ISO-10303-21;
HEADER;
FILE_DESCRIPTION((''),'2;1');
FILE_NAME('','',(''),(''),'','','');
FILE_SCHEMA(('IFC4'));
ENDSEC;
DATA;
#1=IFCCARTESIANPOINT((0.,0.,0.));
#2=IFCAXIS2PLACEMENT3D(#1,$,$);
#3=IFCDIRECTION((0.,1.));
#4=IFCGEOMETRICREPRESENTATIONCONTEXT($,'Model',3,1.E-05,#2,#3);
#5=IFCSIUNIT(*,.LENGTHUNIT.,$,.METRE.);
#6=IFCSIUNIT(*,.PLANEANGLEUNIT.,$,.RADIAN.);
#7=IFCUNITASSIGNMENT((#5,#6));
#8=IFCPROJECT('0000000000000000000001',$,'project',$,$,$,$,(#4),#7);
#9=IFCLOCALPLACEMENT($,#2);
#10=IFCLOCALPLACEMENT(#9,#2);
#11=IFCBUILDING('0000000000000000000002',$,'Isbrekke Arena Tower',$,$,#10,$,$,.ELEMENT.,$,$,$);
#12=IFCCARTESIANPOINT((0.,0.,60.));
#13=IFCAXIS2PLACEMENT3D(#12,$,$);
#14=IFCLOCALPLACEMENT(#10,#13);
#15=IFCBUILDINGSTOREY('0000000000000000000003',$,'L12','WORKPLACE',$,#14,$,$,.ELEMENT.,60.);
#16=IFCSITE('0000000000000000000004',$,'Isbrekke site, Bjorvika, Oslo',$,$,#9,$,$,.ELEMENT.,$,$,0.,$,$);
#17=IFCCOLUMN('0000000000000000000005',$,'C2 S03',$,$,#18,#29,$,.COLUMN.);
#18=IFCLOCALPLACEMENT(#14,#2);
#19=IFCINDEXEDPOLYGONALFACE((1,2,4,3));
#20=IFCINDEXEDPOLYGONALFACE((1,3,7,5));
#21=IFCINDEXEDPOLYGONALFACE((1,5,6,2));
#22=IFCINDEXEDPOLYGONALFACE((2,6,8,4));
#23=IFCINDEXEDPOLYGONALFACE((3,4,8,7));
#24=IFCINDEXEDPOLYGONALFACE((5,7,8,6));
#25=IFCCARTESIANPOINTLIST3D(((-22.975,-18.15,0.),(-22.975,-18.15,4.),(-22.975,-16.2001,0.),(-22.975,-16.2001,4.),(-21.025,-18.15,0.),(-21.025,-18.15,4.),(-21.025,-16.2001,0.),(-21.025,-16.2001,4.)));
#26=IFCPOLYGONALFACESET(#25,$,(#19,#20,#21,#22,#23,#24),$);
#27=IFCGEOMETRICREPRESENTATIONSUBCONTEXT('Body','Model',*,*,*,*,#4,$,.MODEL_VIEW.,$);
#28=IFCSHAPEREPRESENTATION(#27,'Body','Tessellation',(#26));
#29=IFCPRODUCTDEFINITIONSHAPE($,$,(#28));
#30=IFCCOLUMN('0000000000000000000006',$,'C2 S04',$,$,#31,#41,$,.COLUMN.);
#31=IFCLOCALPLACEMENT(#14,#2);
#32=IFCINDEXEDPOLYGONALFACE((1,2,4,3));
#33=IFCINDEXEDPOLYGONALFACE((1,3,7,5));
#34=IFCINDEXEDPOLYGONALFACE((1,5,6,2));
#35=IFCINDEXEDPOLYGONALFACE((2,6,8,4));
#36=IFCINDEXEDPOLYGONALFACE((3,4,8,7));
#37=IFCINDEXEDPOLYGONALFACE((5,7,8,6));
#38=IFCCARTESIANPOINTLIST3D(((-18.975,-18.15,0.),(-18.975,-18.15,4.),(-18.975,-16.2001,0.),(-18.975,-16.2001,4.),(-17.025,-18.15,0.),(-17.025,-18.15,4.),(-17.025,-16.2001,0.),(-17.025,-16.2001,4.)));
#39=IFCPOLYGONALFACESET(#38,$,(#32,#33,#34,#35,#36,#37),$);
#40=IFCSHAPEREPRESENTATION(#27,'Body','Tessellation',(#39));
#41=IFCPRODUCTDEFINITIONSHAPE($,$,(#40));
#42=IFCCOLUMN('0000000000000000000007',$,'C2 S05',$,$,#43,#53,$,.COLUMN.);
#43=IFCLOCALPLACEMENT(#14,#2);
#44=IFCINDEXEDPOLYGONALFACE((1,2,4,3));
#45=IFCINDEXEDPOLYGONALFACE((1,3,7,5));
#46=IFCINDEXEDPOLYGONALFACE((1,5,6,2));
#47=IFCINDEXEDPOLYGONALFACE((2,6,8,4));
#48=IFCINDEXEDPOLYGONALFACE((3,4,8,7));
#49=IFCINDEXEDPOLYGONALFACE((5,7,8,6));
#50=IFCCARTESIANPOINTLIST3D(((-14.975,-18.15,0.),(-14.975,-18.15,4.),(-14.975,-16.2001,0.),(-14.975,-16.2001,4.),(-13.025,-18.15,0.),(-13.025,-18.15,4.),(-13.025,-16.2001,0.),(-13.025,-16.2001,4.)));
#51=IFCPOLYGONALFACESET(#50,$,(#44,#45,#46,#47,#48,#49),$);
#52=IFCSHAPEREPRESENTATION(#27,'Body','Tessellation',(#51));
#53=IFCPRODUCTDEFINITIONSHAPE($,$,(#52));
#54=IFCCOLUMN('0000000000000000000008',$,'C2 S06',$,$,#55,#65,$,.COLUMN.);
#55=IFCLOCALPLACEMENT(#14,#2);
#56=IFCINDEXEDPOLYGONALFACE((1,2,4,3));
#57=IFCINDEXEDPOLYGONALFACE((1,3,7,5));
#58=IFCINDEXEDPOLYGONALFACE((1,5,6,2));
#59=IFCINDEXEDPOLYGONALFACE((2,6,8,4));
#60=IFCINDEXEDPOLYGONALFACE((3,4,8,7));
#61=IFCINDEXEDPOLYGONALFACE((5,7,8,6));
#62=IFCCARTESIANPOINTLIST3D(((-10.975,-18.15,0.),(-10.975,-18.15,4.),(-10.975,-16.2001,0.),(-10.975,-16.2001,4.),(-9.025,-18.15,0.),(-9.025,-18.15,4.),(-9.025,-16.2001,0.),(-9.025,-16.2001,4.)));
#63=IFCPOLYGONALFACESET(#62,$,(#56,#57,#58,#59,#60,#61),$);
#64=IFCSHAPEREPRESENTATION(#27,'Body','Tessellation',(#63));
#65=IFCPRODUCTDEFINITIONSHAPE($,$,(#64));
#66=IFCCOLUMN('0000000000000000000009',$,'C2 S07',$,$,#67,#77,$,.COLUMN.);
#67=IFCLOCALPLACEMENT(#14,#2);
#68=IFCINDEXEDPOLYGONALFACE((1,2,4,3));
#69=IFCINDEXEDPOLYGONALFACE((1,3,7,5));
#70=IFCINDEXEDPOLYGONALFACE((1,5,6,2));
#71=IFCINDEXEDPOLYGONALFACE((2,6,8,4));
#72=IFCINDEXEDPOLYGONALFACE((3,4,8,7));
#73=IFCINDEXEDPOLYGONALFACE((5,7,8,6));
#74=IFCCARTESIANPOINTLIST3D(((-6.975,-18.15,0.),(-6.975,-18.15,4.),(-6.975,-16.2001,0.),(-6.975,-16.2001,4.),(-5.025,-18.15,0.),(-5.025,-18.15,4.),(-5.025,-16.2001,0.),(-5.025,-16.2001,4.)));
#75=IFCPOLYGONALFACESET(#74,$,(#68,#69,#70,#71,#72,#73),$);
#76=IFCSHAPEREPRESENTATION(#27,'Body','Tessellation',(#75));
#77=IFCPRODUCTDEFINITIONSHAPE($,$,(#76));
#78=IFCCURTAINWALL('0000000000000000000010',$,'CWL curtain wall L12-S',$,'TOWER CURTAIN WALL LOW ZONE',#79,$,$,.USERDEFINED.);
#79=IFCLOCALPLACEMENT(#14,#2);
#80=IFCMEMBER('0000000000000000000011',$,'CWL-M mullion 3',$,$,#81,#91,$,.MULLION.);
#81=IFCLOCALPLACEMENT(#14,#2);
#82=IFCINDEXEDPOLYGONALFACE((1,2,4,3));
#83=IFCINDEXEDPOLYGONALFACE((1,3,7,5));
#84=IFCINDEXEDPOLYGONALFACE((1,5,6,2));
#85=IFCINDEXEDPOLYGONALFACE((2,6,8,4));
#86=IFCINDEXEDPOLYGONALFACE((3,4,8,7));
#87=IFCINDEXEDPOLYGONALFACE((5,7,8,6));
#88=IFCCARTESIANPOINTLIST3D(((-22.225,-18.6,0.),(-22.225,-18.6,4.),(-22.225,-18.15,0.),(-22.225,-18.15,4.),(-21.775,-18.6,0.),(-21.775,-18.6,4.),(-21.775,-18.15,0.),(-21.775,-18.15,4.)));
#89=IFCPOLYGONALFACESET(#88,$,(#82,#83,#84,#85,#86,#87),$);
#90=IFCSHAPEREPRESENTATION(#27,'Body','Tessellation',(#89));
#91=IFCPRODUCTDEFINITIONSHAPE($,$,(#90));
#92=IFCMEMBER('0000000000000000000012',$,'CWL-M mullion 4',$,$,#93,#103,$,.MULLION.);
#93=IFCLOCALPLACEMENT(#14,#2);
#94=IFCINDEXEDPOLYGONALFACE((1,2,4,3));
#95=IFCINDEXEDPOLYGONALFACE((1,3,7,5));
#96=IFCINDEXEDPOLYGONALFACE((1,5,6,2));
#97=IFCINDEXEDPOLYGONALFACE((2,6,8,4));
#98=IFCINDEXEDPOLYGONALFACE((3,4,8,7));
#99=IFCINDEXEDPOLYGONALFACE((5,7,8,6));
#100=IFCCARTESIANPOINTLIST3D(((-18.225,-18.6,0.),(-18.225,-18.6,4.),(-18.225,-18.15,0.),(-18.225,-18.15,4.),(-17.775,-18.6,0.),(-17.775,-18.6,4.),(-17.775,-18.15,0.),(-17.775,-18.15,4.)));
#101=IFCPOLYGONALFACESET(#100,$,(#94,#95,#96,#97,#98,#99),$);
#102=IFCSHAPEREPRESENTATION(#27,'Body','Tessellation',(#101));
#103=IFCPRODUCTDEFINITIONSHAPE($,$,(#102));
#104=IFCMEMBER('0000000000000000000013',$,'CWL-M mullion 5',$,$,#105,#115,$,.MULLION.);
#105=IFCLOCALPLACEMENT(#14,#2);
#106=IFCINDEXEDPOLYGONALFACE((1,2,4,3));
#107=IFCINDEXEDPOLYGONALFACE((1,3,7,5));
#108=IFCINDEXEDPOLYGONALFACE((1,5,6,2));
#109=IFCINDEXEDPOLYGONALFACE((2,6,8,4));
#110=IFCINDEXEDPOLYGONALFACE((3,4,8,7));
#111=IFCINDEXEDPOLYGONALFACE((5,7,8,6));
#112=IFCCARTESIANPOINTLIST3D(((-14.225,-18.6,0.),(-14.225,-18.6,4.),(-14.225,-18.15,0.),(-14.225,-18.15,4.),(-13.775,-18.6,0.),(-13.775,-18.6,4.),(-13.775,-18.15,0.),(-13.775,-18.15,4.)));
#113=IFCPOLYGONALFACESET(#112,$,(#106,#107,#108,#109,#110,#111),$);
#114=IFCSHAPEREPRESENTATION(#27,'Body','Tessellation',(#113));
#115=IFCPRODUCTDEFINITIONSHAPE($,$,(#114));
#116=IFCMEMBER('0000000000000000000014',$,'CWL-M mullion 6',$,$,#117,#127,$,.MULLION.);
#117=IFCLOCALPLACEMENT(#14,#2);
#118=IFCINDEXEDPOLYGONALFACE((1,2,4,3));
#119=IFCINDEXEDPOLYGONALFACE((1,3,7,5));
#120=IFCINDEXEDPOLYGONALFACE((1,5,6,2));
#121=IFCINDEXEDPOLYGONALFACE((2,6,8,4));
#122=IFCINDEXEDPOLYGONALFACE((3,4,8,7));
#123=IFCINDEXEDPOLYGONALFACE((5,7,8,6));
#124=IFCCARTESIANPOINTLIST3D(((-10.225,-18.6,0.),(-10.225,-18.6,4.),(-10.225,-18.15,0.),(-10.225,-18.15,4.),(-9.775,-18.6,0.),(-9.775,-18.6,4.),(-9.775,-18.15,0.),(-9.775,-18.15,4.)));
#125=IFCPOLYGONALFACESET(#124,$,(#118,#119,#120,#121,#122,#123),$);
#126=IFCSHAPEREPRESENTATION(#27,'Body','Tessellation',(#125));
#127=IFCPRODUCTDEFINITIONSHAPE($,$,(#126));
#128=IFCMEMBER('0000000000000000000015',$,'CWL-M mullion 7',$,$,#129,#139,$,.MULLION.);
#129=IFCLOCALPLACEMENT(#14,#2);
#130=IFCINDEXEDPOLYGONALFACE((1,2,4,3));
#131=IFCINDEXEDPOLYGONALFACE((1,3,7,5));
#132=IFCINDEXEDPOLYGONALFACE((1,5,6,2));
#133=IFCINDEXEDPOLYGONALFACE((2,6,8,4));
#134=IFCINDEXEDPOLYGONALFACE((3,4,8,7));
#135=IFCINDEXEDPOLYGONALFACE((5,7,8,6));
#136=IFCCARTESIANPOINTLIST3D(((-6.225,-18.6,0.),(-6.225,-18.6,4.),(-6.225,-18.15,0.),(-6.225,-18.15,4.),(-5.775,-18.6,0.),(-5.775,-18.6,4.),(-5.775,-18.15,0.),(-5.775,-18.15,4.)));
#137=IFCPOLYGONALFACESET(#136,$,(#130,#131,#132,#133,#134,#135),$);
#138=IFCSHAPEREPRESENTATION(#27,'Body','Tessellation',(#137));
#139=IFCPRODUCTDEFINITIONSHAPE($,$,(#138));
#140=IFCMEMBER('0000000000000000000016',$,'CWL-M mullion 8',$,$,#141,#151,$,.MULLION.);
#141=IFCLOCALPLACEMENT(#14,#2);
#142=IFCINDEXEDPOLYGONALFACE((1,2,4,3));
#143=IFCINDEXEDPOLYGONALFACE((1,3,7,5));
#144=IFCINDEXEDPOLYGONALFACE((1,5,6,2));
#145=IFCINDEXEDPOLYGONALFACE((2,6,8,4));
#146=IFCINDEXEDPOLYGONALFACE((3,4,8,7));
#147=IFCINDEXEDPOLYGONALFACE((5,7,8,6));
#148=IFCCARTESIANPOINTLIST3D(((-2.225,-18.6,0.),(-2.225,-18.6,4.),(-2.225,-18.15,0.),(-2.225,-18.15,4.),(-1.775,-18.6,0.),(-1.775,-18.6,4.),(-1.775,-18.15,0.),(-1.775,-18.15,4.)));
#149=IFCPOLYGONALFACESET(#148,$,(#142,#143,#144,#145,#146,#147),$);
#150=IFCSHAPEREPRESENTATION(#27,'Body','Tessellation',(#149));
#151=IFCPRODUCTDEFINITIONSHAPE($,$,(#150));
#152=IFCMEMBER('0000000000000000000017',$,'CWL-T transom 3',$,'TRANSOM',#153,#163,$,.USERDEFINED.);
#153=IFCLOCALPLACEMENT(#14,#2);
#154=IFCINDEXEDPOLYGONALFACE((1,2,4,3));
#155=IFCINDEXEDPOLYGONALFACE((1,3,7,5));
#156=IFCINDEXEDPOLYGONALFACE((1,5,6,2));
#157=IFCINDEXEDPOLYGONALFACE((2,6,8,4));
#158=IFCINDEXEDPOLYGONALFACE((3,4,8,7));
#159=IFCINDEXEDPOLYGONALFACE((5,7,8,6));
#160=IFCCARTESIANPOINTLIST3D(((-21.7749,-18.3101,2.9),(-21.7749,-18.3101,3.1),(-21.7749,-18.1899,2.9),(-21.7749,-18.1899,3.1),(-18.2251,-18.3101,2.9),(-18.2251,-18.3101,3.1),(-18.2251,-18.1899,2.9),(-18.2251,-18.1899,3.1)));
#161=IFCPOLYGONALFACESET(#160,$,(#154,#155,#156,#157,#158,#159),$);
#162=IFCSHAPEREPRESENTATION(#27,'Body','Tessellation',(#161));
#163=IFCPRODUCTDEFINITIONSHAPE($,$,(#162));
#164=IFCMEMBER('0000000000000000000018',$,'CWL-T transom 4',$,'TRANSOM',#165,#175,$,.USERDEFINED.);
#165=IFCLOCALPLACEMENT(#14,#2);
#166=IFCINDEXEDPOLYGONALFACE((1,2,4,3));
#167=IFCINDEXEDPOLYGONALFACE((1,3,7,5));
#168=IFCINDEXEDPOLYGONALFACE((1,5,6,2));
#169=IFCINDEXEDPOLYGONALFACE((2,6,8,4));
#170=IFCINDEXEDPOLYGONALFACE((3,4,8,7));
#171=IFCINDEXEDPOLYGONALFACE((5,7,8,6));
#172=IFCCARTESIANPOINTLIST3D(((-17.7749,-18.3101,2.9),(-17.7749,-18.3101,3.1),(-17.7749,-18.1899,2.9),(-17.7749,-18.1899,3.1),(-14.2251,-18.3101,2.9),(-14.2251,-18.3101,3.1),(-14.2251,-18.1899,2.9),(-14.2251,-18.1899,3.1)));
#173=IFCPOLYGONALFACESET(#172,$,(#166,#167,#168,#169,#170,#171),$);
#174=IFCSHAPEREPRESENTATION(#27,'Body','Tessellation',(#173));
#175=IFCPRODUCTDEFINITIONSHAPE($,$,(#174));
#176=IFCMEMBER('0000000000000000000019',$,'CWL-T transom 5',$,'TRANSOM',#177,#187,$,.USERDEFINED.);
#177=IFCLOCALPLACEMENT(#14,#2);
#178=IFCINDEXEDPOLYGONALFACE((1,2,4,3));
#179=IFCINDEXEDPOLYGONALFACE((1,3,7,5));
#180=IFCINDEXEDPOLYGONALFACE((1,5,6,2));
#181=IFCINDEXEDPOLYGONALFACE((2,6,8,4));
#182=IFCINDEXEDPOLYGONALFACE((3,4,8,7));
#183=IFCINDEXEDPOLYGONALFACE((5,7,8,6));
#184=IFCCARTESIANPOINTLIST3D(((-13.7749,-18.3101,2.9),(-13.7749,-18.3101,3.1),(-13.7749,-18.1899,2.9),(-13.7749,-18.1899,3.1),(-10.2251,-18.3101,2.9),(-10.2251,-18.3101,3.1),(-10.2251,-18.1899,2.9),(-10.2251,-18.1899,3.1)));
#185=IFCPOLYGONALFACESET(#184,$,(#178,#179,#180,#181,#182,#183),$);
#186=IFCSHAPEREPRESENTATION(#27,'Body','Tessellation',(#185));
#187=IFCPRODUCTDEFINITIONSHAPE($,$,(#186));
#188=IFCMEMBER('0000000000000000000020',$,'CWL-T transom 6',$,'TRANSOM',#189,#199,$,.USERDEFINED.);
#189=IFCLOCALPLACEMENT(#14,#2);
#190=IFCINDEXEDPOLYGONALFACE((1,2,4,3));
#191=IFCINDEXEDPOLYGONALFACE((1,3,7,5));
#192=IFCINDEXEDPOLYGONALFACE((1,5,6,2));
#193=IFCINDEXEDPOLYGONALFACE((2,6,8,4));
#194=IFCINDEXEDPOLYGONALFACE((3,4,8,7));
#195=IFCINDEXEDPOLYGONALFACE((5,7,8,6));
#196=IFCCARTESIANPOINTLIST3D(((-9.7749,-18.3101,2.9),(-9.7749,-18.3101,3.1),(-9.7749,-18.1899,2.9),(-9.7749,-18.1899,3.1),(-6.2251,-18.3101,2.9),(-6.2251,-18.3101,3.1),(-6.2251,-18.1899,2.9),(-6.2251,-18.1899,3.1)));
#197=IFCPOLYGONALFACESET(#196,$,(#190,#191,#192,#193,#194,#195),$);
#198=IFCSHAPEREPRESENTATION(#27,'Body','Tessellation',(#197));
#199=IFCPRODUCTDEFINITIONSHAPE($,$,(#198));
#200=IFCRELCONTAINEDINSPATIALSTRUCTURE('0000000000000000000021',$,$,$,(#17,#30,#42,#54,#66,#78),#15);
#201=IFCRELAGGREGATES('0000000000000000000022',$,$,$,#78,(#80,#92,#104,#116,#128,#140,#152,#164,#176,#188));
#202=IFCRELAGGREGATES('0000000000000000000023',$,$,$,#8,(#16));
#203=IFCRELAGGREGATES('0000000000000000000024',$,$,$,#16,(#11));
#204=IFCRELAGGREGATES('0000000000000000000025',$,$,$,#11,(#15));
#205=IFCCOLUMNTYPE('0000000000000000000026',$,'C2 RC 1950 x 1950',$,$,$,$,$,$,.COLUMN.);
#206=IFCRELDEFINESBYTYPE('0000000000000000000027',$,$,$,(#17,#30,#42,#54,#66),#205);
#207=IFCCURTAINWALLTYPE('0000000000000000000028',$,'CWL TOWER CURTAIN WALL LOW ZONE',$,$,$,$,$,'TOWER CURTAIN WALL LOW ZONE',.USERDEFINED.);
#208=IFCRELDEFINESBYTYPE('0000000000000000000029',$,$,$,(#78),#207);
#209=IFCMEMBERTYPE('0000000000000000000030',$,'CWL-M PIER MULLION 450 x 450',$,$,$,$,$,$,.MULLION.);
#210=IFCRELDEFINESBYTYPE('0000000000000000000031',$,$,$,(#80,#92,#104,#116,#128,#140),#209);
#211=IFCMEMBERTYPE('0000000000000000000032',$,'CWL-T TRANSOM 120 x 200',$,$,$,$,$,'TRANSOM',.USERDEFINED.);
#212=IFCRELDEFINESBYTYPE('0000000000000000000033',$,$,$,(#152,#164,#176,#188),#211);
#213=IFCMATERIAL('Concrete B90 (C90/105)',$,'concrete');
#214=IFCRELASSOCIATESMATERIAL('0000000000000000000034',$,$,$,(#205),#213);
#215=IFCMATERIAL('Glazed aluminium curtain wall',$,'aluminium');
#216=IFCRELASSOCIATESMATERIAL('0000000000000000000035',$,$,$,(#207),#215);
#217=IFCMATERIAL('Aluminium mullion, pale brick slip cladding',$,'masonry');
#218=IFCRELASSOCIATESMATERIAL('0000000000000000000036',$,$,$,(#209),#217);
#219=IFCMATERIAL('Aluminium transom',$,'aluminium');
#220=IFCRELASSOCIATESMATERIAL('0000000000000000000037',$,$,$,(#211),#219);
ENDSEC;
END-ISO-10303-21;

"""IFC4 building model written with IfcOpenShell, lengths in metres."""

from ifc_helpers import new_model, si_unit, direction, frame, origin, origin_2d, place, context, subcontext, project, spatial, rectangle, extrude, material, material_profile, profile_set, type_object, element, aggregate, save


model = new_model("IFC4")

# Units and contexts
model_context = context("Model", 3, precision=1e-05, world=origin(), true_north=direction((0.0, 1.0)))
body_context = subcontext(model_context, "Body", "Model", "MODEL_VIEW")
ifc_project = project(units=[si_unit("LENGTHUNIT", "METRE"), si_unit("PLANEANGLEUNIT", "RADIAN")], contexts=[model_context])

# Site, building, storey
site_placement = place(None, origin())
site = spatial("IfcSite", under=ifc_project, at=site_placement, Name="Isbrekke site, Bjorvika, Oslo", CompositionType="ELEMENT", RefElevation=0.0)
building_placement = place(site_placement, origin())
building = spatial("IfcBuilding", under=site, at=building_placement, Name="Isbrekke Arena Tower", CompositionType="ELEMENT")
storey_placement = place(building_placement, frame((0.0, 0.0, 60.0)))
storey = spatial("IfcBuildingStorey", under=building, at=storey_placement, Name="L12", Description="WORKPLACE", CompositionType="ELEMENT", Elevation=60.0)

# Columns
ifc_material_1 = material(Name="Concrete B90 (C90/105)", Category="concrete")
ifc_material_profile_1 = material_profile(ifc_material_1, rectangle(XDim=1.95, YDim=1.95, at=origin_2d()), Name="RC 1950x1950")
ifc_profile_set_1 = profile_set([ifc_material_profile_1], Name="Concrete B90 (C90/105)")
column_type = type_object("IfcColumnType", Name="C2 RC 1950 x 1950", PredefinedType="COLUMN", material=ifc_profile_set_1)
for number, where, z_axis, x_axis, name in (
    (1, (-22.0, -17.175, 0.0), (0.0, 0.0, 1.0), (1.0, 0.0, 0.0), "C2 S03"),
    (2, (-18.0, -17.175, 0.0), (0.0, 0.0, 1.0), (1.0, 0.0, 0.0), "C2 S04"),
    (3, (-14.0, -17.175, 0.0), (0.0, 0.0, 1.0), (1.0, 0.0, 0.0), "C2 S05"),
    (4, (-10.0, -17.175, 0.0), (0.0, 0.0, 1.0), (1.0, 0.0, 0.0), "C2 S06"),
    (5, (-6.0, -17.175, 0.0), (0.0, 0.0, 1.0), (1.0, 0.0, 0.0), "C2 S07"),
):
    element("IfcColumn", number, at=place(storey_placement, frame(where, z_axis=z_axis, x_axis=x_axis)), inside=storey, type_object=column_type, Name=name, PredefinedType="COLUMN", context=body_context, shape_type="SweptSolid", body=[
        extrude(rectangle(XDim=1.95, YDim=1.95, at=origin_2d()), origin(), (0.0, 0.0, 1.0), 4.0),
    ])

# Curtain wall, members
ifc_material_2 = material(Name="Glazed aluminium curtain wall", Category="aluminium")
curtain_wall_type = type_object("IfcCurtainWallType", Name="CWL TOWER CURTAIN WALL LOW ZONE", ElementType="TOWER CURTAIN WALL LOW ZONE", PredefinedType="USERDEFINED", material=ifc_material_2)
curtain_wall_placement = place(storey_placement, origin())
curtain_wall = element("IfcCurtainWall", 6, at=curtain_wall_placement, inside=storey, type_object=curtain_wall_type, Name="CWL curtain wall L12-S", ObjectType="TOWER CURTAIN WALL LOW ZONE", PredefinedType="USERDEFINED")
ifc_material_3 = material(Name="Aluminium mullion, pale brick slip cladding", Category="masonry")
ifc_material_profile_2 = material_profile(ifc_material_3, rectangle(XDim=0.45, YDim=0.45, at=origin_2d()), Name="PIER 450X450")
ifc_profile_set_2 = profile_set([ifc_material_profile_2], Name="Aluminium mullion, pale brick slip cladding")
member_type_1 = type_object("IfcMemberType", Name="CWL-M PIER MULLION 450 x 450", PredefinedType="MULLION", material=ifc_profile_set_2)
member_1_placement = place(storey_placement, frame((-22.0, -18.375, 0.0), z_axis=(0.0, 0.0, 1.0), x_axis=(1.0, 0.0, 0.0)))
member_1 = element("IfcMember", 7, at=member_1_placement, type_object=member_type_1, Name="CWL-M mullion 3", PredefinedType="MULLION", context=body_context, shape_type="SweptSolid", body=[
    extrude(rectangle(XDim=0.45, YDim=0.45, at=origin_2d()), origin(), (0.0, 0.0, 1.0), 4.0),
])
member_2_placement = place(storey_placement, frame((-18.0, -18.375, 0.0), z_axis=(0.0, 0.0, 1.0), x_axis=(1.0, 0.0, 0.0)))
member_2 = element("IfcMember", 8, at=member_2_placement, type_object=member_type_1, Name="CWL-M mullion 4", PredefinedType="MULLION", context=body_context, shape_type="SweptSolid", body=[
    extrude(rectangle(XDim=0.45, YDim=0.45, at=origin_2d()), origin(), (0.0, 0.0, 1.0), 4.0),
])
member_3_placement = place(storey_placement, frame((-14.0, -18.375, 0.0), z_axis=(0.0, 0.0, 1.0), x_axis=(1.0, 0.0, 0.0)))
member_3 = element("IfcMember", 9, at=member_3_placement, type_object=member_type_1, Name="CWL-M mullion 5", PredefinedType="MULLION", context=body_context, shape_type="SweptSolid", body=[
    extrude(rectangle(XDim=0.45, YDim=0.45, at=origin_2d()), origin(), (0.0, 0.0, 1.0), 4.0),
])
member_4_placement = place(storey_placement, frame((-10.0, -18.375, 0.0), z_axis=(0.0, 0.0, 1.0), x_axis=(1.0, 0.0, 0.0)))
member_4 = element("IfcMember", 10, at=member_4_placement, type_object=member_type_1, Name="CWL-M mullion 6", PredefinedType="MULLION", context=body_context, shape_type="SweptSolid", body=[
    extrude(rectangle(XDim=0.45, YDim=0.45, at=origin_2d()), origin(), (0.0, 0.0, 1.0), 4.0),
])
member_5_placement = place(storey_placement, frame((-6.0, -18.375, 0.0), z_axis=(0.0, 0.0, 1.0), x_axis=(1.0, 0.0, 0.0)))
member_5 = element("IfcMember", 11, at=member_5_placement, type_object=member_type_1, Name="CWL-M mullion 7", PredefinedType="MULLION", context=body_context, shape_type="SweptSolid", body=[
    extrude(rectangle(XDim=0.45, YDim=0.45, at=origin_2d()), origin(), (0.0, 0.0, 1.0), 4.0),
])
member_6_placement = place(storey_placement, frame((-2.0, -18.375, 0.0), z_axis=(0.0, 0.0, 1.0), x_axis=(1.0, 0.0, 0.0)))
member_6 = element("IfcMember", 12, at=member_6_placement, type_object=member_type_1, Name="CWL-M mullion 8", PredefinedType="MULLION", context=body_context, shape_type="SweptSolid", body=[
    extrude(rectangle(XDim=0.45, YDim=0.45, at=origin_2d()), origin(), (0.0, 0.0, 1.0), 4.0),
])
ifc_material_4 = material(Name="Aluminium transom", Category="aluminium")
ifc_material_profile_3 = material_profile(ifc_material_4, rectangle(XDim=0.1201, YDim=0.2, at=origin_2d()), Name="TRANSOM 120X200")
ifc_profile_set_3 = profile_set([ifc_material_profile_3], Name="Aluminium transom")
member_type_2 = type_object("IfcMemberType", Name="CWL-T TRANSOM 120 x 200", ElementType="TRANSOM", PredefinedType="USERDEFINED", material=ifc_profile_set_3)
member_7_placement = place(storey_placement, frame((-21.7749, -18.25, 3.0), z_axis=(1.0, 0.0, 0.0), x_axis=(0.0, 1.0, 0.0)))
member_7 = element("IfcMember", 13, at=member_7_placement, type_object=member_type_2, Name="CWL-T transom 3", ObjectType="TRANSOM", PredefinedType="USERDEFINED", context=body_context, shape_type="SweptSolid", body=[
    extrude(rectangle(XDim=0.1201, YDim=0.2, at=origin_2d()), origin(), (0.0, 0.0, 1.0), 3.5498),
])
member_8_placement = place(storey_placement, frame((-17.7749, -18.25, 3.0), z_axis=(1.0, 0.0, 0.0), x_axis=(0.0, 1.0, 0.0)))
member_8 = element("IfcMember", 14, at=member_8_placement, type_object=member_type_2, Name="CWL-T transom 4", ObjectType="TRANSOM", PredefinedType="USERDEFINED", context=body_context, shape_type="SweptSolid", body=[
    extrude(rectangle(XDim=0.1201, YDim=0.2, at=origin_2d()), origin(), (0.0, 0.0, 1.0), 3.5498),
])
member_9_placement = place(storey_placement, frame((-13.7749, -18.25, 3.0), z_axis=(1.0, 0.0, 0.0), x_axis=(0.0, 1.0, 0.0)))
member_9 = element("IfcMember", 15, at=member_9_placement, type_object=member_type_2, Name="CWL-T transom 5", ObjectType="TRANSOM", PredefinedType="USERDEFINED", context=body_context, shape_type="SweptSolid", body=[
    extrude(rectangle(XDim=0.1201, YDim=0.2, at=origin_2d()), origin(), (0.0, 0.0, 1.0), 3.5498),
])
member_10_placement = place(storey_placement, frame((-9.7749, -18.25, 3.0), z_axis=(1.0, 0.0, 0.0), x_axis=(0.0, 1.0, 0.0)))
member_10 = element("IfcMember", 16, at=member_10_placement, type_object=member_type_2, Name="CWL-T transom 6", ObjectType="TRANSOM", PredefinedType="USERDEFINED", context=body_context, shape_type="SweptSolid", body=[
    extrude(rectangle(XDim=0.1201, YDim=0.2, at=origin_2d()), origin(), (0.0, 0.0, 1.0), 3.5498),
])

aggregate(curtain_wall, [member_1, member_2, member_3, member_4, member_5, member_6, member_7, member_8, member_9, member_10])

save(model, "model.ifc")
